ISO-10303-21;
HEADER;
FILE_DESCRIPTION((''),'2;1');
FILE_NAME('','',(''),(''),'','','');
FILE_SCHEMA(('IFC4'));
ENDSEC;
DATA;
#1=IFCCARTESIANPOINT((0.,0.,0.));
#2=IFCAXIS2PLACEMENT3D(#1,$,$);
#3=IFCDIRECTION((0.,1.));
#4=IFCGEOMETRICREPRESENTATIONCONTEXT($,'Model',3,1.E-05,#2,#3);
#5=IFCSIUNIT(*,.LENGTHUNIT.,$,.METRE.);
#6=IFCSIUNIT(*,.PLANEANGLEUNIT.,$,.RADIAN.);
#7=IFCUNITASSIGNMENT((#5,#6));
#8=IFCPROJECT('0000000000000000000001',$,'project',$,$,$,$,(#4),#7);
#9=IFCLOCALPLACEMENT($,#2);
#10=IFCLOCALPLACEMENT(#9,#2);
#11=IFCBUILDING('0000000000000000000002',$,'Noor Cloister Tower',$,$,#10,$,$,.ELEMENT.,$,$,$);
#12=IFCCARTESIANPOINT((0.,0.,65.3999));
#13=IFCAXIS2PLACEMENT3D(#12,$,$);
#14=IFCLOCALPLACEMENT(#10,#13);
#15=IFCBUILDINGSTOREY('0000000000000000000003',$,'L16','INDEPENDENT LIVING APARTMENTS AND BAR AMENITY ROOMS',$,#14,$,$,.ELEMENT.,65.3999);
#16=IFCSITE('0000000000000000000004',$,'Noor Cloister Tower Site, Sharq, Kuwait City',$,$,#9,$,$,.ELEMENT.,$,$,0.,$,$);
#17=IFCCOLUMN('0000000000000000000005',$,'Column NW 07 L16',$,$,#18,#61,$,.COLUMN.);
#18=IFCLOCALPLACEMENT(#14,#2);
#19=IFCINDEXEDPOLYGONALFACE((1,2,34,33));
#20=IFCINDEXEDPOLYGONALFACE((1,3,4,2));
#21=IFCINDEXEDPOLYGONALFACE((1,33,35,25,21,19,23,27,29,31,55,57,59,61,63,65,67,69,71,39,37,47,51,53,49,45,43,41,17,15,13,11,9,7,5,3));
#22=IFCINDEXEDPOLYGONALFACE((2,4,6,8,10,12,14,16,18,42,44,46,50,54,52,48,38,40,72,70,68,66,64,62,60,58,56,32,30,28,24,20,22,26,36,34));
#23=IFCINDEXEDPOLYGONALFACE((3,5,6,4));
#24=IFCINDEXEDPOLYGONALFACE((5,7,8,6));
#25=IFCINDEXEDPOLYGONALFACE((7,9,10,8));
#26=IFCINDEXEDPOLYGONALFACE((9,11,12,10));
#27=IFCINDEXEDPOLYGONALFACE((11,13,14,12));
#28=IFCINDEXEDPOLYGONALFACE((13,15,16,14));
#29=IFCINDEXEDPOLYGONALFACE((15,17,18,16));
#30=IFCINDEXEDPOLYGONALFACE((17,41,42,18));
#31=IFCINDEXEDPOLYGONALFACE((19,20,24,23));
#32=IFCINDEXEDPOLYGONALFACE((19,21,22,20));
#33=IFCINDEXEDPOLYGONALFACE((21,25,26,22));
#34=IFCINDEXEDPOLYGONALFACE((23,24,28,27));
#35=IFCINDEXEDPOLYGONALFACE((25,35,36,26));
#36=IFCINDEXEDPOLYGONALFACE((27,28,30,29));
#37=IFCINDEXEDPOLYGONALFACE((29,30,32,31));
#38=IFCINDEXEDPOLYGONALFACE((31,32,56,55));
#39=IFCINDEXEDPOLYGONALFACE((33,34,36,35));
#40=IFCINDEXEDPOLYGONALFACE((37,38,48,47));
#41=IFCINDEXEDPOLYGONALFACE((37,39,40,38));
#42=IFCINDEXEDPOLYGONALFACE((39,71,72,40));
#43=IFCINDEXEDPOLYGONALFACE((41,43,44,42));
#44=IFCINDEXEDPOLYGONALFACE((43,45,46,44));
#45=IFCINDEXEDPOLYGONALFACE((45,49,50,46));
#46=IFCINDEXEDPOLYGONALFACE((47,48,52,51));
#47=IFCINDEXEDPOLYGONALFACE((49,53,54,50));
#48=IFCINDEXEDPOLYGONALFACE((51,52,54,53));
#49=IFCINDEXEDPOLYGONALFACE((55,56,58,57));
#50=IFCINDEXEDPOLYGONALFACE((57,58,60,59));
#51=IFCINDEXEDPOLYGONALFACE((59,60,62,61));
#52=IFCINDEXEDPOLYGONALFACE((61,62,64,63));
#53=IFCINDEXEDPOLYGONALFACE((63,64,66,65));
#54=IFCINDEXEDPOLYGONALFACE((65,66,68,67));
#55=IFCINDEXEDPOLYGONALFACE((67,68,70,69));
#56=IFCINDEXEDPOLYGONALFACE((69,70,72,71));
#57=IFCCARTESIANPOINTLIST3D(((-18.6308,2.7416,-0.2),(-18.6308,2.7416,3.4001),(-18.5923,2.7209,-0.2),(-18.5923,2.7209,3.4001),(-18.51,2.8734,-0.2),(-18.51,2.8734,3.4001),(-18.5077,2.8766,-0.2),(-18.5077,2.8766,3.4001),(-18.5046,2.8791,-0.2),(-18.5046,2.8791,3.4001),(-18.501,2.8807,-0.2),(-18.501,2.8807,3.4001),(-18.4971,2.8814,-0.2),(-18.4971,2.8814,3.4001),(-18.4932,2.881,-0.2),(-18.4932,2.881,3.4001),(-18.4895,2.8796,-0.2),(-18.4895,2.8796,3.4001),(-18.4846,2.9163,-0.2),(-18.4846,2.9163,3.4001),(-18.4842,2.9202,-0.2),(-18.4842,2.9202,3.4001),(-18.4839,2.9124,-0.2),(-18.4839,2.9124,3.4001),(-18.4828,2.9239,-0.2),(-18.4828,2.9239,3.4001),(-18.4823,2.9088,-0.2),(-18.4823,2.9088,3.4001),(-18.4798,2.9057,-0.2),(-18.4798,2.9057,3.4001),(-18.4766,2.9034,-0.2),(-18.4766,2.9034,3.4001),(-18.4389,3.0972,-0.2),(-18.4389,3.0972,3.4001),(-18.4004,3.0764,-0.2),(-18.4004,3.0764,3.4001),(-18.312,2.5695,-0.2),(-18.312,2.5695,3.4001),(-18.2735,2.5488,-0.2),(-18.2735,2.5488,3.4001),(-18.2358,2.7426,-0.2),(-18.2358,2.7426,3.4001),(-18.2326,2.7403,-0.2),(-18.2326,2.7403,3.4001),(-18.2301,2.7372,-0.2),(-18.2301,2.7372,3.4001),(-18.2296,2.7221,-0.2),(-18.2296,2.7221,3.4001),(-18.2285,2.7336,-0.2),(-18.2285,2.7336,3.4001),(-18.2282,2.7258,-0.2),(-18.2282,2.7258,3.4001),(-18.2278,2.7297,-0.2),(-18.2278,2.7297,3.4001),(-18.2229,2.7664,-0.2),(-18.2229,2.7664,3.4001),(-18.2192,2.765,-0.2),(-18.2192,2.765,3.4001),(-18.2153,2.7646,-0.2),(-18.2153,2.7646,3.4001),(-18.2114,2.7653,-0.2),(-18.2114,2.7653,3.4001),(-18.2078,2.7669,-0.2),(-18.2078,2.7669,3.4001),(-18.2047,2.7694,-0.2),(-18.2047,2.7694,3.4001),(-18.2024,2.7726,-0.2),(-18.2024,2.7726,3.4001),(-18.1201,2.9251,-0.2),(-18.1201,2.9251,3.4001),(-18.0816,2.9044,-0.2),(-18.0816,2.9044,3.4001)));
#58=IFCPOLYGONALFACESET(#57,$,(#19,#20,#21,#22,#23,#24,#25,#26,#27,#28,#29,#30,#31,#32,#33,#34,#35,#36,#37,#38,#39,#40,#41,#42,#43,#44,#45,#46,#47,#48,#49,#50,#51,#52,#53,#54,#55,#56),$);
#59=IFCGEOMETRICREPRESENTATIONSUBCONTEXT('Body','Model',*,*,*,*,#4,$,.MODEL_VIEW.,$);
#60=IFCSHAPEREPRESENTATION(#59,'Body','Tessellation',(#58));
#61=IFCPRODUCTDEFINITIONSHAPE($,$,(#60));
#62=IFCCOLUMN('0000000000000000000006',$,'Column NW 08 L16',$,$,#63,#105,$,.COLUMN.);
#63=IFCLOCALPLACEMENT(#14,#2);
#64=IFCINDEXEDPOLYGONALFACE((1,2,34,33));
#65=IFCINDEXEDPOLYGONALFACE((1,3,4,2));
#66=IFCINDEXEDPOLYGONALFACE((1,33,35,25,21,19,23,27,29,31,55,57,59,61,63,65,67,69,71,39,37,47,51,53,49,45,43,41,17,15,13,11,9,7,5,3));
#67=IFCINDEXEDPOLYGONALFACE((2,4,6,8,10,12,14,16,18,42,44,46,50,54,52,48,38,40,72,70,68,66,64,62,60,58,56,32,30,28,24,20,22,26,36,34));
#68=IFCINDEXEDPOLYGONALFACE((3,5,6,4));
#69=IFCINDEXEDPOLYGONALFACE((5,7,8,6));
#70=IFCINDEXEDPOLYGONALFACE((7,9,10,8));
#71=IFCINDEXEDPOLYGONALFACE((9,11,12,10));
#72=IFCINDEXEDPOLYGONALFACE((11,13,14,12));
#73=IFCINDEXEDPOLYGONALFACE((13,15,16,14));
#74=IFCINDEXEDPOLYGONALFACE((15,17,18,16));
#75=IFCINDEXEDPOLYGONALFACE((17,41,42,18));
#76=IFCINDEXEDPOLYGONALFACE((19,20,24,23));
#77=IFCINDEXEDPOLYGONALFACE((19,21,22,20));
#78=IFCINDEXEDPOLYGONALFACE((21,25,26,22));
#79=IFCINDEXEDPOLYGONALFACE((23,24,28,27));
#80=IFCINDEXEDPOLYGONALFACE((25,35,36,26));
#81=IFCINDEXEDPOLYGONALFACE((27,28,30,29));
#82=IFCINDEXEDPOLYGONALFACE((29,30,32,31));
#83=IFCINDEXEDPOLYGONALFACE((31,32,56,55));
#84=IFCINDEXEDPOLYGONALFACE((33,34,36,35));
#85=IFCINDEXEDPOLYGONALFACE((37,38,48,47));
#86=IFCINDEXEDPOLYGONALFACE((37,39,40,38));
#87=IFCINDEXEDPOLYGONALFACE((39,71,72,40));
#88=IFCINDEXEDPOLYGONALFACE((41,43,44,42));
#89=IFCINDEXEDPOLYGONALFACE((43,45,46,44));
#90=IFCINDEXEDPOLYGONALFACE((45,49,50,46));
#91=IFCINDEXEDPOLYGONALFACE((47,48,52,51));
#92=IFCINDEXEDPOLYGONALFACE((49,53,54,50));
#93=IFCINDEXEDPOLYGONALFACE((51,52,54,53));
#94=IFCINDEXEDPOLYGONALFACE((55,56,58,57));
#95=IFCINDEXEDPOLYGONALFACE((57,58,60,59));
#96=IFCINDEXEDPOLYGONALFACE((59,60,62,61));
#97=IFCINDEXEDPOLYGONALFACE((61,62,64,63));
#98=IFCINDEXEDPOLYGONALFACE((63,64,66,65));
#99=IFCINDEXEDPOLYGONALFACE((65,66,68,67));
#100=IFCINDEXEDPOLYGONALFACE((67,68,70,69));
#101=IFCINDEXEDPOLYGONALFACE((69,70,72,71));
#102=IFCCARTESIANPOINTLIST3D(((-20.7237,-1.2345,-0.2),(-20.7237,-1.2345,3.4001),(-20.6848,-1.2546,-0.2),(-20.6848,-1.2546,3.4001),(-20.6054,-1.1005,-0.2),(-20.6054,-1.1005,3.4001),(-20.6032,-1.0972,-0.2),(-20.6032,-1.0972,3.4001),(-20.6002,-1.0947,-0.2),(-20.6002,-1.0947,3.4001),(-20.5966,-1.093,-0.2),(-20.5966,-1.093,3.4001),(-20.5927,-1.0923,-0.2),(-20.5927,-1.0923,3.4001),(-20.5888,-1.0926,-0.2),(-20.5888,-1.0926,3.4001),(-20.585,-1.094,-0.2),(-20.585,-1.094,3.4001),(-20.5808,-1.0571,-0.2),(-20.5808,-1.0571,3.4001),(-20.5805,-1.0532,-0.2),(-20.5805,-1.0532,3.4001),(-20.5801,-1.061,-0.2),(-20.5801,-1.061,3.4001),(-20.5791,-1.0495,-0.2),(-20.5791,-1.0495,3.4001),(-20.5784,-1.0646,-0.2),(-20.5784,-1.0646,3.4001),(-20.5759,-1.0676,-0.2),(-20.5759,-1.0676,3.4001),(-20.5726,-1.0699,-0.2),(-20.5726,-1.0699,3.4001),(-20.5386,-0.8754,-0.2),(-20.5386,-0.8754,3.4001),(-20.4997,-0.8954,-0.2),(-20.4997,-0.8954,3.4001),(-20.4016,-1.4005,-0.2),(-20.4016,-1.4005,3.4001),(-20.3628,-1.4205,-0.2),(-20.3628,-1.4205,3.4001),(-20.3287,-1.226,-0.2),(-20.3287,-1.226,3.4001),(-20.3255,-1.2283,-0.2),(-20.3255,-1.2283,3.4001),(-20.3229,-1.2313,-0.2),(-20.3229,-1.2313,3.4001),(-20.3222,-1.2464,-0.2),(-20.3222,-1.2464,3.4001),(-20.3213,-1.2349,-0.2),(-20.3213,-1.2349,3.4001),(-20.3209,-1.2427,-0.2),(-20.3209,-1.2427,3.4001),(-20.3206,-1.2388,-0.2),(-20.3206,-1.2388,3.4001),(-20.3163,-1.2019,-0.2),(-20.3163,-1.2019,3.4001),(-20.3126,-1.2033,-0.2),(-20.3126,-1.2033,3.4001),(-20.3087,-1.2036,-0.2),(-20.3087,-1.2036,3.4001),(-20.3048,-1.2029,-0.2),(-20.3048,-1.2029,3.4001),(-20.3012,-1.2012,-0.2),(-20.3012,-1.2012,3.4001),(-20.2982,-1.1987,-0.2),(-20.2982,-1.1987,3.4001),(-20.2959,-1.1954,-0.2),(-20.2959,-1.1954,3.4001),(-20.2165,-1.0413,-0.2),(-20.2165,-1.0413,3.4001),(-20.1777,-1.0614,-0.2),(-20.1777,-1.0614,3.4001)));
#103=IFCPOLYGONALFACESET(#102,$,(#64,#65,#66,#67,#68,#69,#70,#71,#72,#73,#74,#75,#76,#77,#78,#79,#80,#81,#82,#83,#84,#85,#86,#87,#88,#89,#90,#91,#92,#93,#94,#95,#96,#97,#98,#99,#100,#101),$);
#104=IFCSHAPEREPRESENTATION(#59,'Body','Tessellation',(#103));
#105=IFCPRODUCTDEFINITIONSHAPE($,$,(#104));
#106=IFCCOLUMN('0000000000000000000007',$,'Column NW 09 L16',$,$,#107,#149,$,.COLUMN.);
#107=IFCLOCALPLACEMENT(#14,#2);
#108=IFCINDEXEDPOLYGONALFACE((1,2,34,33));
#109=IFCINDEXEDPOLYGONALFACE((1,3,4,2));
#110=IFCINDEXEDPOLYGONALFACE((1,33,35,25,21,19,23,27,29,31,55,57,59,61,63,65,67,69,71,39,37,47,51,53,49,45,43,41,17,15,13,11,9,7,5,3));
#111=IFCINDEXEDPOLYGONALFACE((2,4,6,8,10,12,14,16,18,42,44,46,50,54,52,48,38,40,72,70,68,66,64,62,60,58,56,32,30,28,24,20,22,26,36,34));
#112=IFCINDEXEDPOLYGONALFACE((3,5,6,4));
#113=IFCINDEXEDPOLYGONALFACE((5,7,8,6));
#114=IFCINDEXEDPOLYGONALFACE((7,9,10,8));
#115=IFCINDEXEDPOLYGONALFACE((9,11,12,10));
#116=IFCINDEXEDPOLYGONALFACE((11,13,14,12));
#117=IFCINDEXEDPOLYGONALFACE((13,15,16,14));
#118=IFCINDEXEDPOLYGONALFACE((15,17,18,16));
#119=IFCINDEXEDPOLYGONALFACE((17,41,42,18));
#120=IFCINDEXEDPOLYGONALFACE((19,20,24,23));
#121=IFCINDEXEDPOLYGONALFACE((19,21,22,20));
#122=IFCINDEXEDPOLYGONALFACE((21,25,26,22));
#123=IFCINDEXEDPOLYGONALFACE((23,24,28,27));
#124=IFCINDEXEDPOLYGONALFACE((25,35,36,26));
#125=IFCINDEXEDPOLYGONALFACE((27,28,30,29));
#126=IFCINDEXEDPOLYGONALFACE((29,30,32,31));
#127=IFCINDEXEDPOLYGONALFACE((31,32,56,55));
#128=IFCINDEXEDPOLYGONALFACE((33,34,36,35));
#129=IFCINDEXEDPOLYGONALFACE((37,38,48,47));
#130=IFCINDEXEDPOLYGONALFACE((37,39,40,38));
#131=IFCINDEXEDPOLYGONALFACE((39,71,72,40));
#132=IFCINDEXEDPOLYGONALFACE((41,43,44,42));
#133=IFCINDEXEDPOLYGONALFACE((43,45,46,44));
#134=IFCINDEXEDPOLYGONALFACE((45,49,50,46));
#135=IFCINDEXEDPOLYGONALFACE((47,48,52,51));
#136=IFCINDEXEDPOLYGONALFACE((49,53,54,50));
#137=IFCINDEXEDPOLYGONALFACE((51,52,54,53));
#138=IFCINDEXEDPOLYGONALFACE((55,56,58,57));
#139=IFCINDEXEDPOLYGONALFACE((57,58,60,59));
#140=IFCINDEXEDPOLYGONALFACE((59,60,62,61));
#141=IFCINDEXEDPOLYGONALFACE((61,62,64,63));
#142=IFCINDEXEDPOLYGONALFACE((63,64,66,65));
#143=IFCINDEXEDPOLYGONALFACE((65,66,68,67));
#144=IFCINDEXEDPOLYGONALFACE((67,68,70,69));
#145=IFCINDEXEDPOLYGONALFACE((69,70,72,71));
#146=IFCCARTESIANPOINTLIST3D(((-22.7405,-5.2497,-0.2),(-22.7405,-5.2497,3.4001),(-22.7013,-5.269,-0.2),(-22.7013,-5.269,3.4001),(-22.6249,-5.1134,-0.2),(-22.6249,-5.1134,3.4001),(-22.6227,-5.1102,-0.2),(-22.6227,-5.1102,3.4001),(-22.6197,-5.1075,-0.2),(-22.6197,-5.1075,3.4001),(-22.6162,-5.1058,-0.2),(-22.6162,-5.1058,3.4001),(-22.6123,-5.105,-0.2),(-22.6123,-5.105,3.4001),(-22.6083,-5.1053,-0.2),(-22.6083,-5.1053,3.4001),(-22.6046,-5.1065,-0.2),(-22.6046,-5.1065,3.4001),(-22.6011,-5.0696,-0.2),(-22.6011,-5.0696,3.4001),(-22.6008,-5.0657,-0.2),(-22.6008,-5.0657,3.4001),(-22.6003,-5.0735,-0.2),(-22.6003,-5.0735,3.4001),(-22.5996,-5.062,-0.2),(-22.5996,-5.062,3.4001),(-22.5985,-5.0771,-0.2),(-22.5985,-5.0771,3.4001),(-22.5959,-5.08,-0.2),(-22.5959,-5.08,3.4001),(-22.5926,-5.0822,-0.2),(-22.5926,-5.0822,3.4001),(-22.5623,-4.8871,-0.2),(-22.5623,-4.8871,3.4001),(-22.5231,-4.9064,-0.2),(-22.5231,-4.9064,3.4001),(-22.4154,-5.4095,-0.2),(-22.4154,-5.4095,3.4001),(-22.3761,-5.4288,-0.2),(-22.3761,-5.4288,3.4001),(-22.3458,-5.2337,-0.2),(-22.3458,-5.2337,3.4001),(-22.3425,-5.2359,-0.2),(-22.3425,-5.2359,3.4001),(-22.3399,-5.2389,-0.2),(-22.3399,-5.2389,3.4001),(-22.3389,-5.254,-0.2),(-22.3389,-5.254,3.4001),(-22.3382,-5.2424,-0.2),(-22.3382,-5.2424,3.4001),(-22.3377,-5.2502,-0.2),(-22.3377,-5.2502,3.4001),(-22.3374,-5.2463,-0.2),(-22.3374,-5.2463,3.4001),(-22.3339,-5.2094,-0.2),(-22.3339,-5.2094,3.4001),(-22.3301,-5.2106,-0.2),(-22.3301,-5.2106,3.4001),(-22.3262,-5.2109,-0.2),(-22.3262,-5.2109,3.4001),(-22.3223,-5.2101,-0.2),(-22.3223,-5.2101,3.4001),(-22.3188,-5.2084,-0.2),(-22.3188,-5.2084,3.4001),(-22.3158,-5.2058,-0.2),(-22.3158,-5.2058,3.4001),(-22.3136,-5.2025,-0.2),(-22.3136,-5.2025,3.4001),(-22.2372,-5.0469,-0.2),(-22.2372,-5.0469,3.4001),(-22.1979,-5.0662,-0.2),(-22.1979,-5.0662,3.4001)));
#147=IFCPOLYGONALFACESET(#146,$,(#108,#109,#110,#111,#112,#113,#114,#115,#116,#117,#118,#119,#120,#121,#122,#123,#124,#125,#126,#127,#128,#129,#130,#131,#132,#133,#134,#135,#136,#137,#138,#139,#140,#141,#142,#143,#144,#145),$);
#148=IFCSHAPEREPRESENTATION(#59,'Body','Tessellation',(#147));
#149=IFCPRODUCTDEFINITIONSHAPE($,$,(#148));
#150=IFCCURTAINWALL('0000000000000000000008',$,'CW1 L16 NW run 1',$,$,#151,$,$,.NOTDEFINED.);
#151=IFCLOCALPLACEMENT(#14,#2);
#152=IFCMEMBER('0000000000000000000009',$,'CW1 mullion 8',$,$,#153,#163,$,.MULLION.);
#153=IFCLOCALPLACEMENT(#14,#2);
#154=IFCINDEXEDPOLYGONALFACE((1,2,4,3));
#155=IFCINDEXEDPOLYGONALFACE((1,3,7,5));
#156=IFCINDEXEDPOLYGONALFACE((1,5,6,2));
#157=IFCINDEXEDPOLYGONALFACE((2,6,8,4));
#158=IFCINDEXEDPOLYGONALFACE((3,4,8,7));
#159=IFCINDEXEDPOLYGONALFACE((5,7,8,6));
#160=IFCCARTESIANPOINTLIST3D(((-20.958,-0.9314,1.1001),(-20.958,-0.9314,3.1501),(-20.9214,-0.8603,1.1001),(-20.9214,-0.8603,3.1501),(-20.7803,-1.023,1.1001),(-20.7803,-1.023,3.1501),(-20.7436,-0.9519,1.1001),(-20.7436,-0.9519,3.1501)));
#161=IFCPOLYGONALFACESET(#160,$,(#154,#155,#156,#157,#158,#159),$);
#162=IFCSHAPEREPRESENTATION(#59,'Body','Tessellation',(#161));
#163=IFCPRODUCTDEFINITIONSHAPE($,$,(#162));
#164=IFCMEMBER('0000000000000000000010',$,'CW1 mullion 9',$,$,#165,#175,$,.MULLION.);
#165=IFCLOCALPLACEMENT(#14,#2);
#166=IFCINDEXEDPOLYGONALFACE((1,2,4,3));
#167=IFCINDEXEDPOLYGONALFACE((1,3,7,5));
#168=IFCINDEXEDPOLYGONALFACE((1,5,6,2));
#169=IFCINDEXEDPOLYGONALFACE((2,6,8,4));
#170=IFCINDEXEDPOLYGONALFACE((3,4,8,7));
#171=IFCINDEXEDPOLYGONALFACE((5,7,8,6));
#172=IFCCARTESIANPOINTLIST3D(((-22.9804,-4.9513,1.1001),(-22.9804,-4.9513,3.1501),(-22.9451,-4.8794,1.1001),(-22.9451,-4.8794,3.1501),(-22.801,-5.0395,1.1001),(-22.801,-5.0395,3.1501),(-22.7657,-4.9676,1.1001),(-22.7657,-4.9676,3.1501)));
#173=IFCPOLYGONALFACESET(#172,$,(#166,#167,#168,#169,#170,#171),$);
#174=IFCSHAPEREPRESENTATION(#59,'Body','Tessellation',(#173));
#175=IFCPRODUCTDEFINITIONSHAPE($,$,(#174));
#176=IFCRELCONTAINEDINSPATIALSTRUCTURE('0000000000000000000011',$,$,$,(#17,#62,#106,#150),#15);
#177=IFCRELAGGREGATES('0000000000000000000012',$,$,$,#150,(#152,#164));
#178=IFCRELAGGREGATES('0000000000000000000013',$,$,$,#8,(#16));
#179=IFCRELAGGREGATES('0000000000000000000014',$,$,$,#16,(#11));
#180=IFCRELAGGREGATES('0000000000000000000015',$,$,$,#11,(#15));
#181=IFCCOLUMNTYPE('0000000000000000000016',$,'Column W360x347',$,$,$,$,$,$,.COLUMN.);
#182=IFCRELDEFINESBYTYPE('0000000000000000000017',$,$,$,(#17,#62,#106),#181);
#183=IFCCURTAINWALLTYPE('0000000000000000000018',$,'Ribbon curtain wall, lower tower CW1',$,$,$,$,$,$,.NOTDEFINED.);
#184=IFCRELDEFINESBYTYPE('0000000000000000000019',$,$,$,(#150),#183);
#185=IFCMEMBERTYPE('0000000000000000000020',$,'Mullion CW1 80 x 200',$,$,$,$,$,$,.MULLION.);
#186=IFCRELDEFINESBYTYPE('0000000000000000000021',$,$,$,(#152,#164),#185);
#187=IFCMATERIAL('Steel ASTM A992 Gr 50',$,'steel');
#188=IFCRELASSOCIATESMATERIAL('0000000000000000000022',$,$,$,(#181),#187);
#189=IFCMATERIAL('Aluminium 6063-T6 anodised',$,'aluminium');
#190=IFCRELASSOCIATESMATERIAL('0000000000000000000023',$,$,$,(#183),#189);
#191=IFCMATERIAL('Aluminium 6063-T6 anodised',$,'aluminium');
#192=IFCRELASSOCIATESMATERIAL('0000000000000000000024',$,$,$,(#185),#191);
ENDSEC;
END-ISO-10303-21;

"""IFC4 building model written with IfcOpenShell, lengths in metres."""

from ifc_helpers import new_model, si_unit, direction, frame, origin, origin_2d, place, context, subcontext, project, spatial, rectangle, i_section, extrude, material, material_profile, profile_set, type_object, element, aggregate, save


model = new_model("IFC4")

# Units and contexts
model_context = context("Model", 3, precision=1e-05, world=origin(), true_north=direction((0.0, 1.0)))
body_context = subcontext(model_context, "Body", "Model", "MODEL_VIEW")
ifc_project = project(units=[si_unit("LENGTHUNIT", "METRE"), si_unit("PLANEANGLEUNIT", "RADIAN")], contexts=[model_context])

# Site, building, storey
site_placement = place(None, origin())
site = spatial("IfcSite", under=ifc_project, at=site_placement, Name="Noor Cloister Tower Site, Sharq, Kuwait City", CompositionType="ELEMENT", RefElevation=0.0)
building_placement = place(site_placement, origin())
building = spatial("IfcBuilding", under=site, at=building_placement, Name="Noor Cloister Tower", CompositionType="ELEMENT")
storey_placement = place(building_placement, frame((0.0, 0.0, 65.3999)))
storey = spatial("IfcBuildingStorey", under=building, at=storey_placement, Name="L16", Description="INDEPENDENT LIVING APARTMENTS AND BAR AMENITY ROOMS", CompositionType="ELEMENT", Elevation=65.3999)

# Columns
ifc_material_1 = material(Name="Steel ASTM A992 Gr 50", Category="steel")
ifc_material_profile_1 = material_profile(ifc_material_1, i_section(OverallWidth=0.4041, OverallDepth=0.406, WebThickness=0.0271, FlangeThickness=0.0437, FilletRadius=0.0151, at=origin_2d()), Name="W360x347")
ifc_profile_set_1 = profile_set([ifc_material_profile_1], Name="Steel ASTM A992 Gr 50")
column_type = type_object("IfcColumnType", Name="Column W360x347", PredefinedType="COLUMN", material=ifc_profile_set_1)
for number, where, z_axis, x_axis, name in (
    (1, (-18.3562, 2.823, -0.2), (0.0, 0.0, 1.0), (-0.474991, -0.87999, 0.0), "Column NW 07 L16"),
    (2, (-20.4507, -1.1479, -0.2), (0.0, 0.0, 1.0), (-0.458101, -0.8889, 0.0), "Column NW 08 L16"),
    (3, (-22.4692, -5.158, -0.2), (0.0, 0.0, 1.0), (-0.441044, -0.897485, 0.0), "Column NW 09 L16"),
):
    element("IfcColumn", number, at=place(storey_placement, frame(where, z_axis=z_axis, x_axis=x_axis)), inside=storey, type_object=column_type, Name=name, PredefinedType="COLUMN", context=body_context, shape_type="SweptSolid", body=[
        extrude(i_section(OverallWidth=0.4041, OverallDepth=0.406, WebThickness=0.0271, FlangeThickness=0.0437, FilletRadius=0.0151, at=origin_2d()), origin(), (0.0, 0.0, 1.0), 3.6001),
    ])

# Curtain wall, members
ifc_material_2 = material(Name="Aluminium 6063-T6 anodised", Category="aluminium")
curtain_wall_type = type_object("IfcCurtainWallType", Name="Ribbon curtain wall, lower tower CW1", PredefinedType="NOTDEFINED", material=ifc_material_2)
curtain_wall_placement = place(storey_placement, origin())
curtain_wall = element("IfcCurtainWall", 4, at=curtain_wall_placement, inside=storey, type_object=curtain_wall_type, Name="CW1 L16 NW run 1", PredefinedType="NOTDEFINED")
ifc_material_3 = material(Name="Aluminium 6063-T6 anodised", Category="aluminium")
ifc_material_profile_2 = material_profile(ifc_material_3, rectangle(XDim=0.2, YDim=0.0801, at=origin_2d()), Name="200 x 80 mullion")
ifc_profile_set_2 = profile_set([ifc_material_profile_2], Name="Aluminium 6063-T6 anodised")
member_type = type_object("IfcMemberType", Name="Mullion CW1 80 x 200", PredefinedType="MULLION", material=ifc_profile_set_2)
member_1_placement = place(storey_placement, frame((-20.8508, -0.9417, 1.1001), z_axis=(0.0, 0.0, 1.0), x_axis=(0.8889, -0.458101, 0.0)))
member_1 = element("IfcMember", 5, at=member_1_placement, type_object=member_type, Name="CW1 mullion 8", PredefinedType="MULLION", context=body_context, shape_type="SweptSolid", body=[
    extrude(rectangle(XDim=0.2, YDim=0.0801, at=origin_2d()), origin(), (0.0, 0.0, 1.0), 2.05),
])
member_2_placement = place(storey_placement, frame((-22.873, -4.9595, 1.1001), z_axis=(0.0, 0.0, 1.0), x_axis=(0.897485, -0.441044, 0.0)))
member_2 = element("IfcMember", 6, at=member_2_placement, type_object=member_type, Name="CW1 mullion 9", PredefinedType="MULLION", context=body_context, shape_type="SweptSolid", body=[
    extrude(rectangle(XDim=0.2, YDim=0.0801, at=origin_2d()), origin(), (0.0, 0.0, 1.0), 2.05),
])

aggregate(curtain_wall, [member_1, member_2])

save(model, "model.ifc")
